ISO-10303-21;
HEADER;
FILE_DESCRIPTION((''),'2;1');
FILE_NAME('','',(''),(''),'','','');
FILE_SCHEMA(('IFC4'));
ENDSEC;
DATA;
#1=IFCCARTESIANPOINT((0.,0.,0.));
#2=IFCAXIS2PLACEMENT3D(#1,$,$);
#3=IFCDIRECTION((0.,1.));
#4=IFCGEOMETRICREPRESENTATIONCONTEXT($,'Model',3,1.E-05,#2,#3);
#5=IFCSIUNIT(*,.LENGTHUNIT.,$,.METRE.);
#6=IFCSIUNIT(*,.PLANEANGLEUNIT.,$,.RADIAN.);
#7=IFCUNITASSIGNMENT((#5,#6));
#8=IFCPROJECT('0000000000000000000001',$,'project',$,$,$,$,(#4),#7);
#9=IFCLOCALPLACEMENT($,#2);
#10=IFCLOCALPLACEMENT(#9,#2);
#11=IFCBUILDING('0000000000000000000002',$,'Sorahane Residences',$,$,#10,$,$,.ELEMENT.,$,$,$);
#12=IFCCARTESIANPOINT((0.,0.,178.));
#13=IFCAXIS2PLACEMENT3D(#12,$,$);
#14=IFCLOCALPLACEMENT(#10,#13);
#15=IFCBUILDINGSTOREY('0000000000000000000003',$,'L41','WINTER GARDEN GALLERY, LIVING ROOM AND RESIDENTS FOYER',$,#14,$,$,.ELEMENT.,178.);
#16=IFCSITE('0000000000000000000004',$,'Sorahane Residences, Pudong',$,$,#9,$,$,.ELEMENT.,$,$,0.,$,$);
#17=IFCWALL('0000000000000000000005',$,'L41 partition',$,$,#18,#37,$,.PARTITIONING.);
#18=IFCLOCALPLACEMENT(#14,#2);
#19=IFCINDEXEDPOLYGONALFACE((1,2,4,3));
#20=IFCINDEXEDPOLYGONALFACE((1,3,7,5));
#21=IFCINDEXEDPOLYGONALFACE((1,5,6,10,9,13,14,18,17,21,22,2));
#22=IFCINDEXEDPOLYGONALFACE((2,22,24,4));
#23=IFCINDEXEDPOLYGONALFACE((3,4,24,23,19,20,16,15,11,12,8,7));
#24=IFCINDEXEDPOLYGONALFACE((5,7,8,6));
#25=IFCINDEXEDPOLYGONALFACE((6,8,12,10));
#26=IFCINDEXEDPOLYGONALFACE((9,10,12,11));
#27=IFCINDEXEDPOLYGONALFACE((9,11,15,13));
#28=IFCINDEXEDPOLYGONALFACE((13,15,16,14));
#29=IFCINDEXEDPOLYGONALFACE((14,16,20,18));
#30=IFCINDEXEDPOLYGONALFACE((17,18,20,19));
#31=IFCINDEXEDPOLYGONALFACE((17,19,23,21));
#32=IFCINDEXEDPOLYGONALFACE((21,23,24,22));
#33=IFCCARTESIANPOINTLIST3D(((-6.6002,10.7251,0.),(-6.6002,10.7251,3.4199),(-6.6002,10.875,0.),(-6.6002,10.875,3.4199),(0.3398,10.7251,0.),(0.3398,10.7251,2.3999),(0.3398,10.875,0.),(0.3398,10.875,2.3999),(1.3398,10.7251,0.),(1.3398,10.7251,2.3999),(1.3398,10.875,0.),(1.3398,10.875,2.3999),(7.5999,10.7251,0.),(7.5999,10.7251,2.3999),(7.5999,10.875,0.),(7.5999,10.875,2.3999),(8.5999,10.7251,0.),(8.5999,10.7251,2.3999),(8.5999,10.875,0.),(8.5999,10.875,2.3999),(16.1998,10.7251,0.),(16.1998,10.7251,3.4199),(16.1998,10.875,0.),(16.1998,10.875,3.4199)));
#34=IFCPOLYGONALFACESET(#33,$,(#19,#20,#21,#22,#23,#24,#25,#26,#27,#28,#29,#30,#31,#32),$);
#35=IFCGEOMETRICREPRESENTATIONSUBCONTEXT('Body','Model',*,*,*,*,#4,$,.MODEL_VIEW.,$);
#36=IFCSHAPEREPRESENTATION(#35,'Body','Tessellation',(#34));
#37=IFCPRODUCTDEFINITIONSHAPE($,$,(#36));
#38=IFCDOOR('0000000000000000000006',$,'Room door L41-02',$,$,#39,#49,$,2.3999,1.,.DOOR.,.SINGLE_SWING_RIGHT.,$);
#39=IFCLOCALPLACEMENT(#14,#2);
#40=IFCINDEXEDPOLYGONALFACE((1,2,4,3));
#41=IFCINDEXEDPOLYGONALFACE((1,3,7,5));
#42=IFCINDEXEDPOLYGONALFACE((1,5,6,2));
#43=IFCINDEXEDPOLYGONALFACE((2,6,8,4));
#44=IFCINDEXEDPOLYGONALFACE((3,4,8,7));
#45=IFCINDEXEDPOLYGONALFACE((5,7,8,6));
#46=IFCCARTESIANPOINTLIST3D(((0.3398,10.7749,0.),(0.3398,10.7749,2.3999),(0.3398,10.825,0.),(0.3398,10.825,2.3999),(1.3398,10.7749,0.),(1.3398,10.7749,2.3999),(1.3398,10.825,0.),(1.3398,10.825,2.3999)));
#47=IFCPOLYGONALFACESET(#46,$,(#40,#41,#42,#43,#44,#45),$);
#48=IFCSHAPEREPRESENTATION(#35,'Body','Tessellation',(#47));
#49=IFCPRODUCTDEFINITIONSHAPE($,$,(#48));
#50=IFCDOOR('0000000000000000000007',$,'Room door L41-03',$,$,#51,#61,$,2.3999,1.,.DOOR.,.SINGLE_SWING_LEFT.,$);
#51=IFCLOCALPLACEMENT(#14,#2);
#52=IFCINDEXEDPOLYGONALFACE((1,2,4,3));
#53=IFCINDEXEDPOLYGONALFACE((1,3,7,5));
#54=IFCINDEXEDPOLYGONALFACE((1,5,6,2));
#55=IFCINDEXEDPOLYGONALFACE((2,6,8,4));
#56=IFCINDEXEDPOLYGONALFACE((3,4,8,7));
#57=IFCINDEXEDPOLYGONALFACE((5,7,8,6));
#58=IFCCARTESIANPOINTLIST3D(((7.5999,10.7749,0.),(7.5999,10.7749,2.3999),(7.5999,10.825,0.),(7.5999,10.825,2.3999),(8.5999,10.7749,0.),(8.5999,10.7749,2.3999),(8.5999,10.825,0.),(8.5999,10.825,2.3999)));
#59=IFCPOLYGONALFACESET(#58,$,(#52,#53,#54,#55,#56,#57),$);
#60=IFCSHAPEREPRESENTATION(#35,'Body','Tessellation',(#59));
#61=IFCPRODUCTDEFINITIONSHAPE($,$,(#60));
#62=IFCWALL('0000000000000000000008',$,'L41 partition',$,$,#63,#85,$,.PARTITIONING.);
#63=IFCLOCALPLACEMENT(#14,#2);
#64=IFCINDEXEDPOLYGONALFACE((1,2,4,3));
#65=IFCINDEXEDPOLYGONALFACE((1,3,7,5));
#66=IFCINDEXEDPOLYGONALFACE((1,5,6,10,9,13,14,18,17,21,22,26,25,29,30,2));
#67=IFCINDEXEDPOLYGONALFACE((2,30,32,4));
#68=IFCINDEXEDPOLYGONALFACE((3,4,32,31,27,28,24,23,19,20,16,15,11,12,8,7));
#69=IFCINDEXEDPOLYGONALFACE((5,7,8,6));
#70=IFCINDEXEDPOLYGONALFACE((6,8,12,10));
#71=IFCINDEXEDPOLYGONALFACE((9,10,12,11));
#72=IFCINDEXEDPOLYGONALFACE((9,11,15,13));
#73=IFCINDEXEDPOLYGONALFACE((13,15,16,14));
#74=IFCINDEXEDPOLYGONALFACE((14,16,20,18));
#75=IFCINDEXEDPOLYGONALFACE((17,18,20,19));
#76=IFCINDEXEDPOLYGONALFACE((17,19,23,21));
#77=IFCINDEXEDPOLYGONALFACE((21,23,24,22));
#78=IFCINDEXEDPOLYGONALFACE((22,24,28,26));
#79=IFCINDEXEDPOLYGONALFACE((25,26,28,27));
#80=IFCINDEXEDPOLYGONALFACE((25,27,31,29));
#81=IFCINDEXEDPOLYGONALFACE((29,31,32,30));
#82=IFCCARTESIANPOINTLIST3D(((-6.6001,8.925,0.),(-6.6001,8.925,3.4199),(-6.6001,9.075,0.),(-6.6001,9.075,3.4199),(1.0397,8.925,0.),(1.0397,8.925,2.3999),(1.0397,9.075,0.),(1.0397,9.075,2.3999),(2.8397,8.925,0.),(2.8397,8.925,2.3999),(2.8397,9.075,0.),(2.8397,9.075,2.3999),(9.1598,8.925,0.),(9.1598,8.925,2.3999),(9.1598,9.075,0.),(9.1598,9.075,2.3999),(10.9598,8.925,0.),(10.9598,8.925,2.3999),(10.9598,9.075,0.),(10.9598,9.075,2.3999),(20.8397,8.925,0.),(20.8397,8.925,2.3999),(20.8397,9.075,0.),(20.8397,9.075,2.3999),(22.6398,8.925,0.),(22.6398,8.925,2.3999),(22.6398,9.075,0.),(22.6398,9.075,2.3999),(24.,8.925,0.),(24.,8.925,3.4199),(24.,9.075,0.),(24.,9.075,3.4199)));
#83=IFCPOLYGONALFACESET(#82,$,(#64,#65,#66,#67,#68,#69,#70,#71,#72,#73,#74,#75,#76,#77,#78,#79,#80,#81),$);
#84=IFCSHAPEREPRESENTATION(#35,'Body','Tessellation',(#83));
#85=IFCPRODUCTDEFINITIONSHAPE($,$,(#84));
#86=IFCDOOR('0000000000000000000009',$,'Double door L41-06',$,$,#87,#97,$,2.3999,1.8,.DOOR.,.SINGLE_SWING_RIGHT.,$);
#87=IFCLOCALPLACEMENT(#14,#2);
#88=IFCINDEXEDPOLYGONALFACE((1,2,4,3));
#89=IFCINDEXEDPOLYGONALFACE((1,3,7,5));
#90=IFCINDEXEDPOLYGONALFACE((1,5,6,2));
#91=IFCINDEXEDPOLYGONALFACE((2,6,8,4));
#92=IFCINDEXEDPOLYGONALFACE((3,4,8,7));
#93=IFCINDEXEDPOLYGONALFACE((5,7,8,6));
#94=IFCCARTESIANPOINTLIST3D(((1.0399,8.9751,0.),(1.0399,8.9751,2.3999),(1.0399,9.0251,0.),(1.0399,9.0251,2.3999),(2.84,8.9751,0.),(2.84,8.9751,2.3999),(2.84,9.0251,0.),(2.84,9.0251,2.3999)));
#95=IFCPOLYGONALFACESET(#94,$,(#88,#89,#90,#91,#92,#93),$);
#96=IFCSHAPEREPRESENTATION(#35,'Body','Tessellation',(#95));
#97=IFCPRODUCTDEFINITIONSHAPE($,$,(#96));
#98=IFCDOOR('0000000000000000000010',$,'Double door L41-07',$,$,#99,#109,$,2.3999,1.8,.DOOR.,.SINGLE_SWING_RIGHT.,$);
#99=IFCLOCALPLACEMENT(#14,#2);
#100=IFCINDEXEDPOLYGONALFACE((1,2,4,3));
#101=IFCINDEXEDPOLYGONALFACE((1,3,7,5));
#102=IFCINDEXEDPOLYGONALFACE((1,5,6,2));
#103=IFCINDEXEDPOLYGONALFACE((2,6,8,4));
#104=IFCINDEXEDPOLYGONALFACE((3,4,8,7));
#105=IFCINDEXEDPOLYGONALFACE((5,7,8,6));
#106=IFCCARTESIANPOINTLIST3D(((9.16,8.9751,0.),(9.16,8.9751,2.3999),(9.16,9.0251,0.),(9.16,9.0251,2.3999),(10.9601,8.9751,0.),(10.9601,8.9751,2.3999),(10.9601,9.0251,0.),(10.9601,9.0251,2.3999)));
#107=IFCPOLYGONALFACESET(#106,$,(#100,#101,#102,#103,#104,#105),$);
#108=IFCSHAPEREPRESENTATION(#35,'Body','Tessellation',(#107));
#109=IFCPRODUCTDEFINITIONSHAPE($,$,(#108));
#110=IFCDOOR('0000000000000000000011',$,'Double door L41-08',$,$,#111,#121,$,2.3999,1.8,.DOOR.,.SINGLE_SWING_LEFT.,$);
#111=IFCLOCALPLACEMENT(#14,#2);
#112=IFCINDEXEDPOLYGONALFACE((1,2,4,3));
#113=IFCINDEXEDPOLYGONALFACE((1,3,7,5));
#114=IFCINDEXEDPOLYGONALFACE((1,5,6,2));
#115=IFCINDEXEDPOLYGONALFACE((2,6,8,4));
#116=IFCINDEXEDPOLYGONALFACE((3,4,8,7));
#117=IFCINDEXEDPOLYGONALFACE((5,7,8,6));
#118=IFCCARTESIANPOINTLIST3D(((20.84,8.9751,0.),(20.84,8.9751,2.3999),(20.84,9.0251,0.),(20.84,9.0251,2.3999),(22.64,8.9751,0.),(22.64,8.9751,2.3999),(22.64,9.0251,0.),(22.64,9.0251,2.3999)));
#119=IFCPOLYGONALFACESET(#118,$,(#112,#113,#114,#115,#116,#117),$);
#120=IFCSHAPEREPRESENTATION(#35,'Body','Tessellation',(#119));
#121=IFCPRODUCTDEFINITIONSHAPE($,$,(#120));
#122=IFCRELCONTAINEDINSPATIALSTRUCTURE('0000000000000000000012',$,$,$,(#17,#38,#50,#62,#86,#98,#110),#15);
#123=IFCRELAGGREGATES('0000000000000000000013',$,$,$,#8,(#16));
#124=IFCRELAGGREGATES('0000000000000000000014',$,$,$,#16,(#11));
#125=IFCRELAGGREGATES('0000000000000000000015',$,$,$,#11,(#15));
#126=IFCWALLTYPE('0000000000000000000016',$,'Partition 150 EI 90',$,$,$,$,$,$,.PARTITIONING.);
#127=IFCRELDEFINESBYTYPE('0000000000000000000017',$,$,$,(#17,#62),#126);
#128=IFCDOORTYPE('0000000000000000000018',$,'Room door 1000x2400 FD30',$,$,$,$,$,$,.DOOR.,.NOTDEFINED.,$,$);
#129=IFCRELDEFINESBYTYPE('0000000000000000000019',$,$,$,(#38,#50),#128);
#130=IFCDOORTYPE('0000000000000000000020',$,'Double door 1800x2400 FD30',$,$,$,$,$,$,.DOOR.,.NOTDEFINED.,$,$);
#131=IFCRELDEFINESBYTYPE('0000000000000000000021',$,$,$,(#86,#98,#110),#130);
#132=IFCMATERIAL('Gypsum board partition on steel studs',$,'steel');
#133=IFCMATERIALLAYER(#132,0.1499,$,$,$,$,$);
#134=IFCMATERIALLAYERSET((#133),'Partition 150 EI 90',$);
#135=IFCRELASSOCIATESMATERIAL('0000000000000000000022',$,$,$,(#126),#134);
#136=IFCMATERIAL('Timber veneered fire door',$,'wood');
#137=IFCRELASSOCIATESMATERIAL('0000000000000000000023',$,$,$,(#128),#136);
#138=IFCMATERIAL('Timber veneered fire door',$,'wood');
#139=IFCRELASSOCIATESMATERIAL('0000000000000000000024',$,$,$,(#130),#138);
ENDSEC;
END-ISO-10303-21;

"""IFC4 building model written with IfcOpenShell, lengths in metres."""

from ifc_helpers import new_model, si_unit, direction, frame, frame_2d, origin, place, context, subcontext, project, spatial, rectangle, extrude, material, layer, layer_set, type_object, element, fill, save


model = new_model("IFC4")

# Units and contexts
model_context = context("Model", 3, precision=1e-05, world=origin(), true_north=direction((0.0, 1.0)))
body_context = subcontext(model_context, "Body", "Model", "MODEL_VIEW")
ifc_project = project(units=[si_unit("LENGTHUNIT", "METRE"), si_unit("PLANEANGLEUNIT", "RADIAN")], contexts=[model_context])

# Site, building, storey
site_placement = place(None, origin())
site = spatial("IfcSite", under=ifc_project, at=site_placement, Name="Sorahane Residences, Pudong", CompositionType="ELEMENT", RefElevation=0.0)
building_placement = place(site_placement, origin())
building = spatial("IfcBuilding", under=site, at=building_placement, Name="Sorahane Residences", CompositionType="ELEMENT")
storey_placement = place(building_placement, frame((0.0, 0.0, 178.0)))
storey = spatial("IfcBuildingStorey", under=building, at=storey_placement, Name="L41", Description="WINTER GARDEN GALLERY, LIVING ROOM AND RESIDENTS FOYER", CompositionType="ELEMENT", Elevation=178.0)

# Shared definitions
ifc_material_1 = material(Name="Gypsum board partition on steel studs", Category="steel")
ifc_layer_1 = layer(ifc_material_1, 0.1499)
ifc_layer_set_1 = layer_set([ifc_layer_1], Name="Partition 150 EI 90")
wall_type = type_object("IfcWallType", Name="Partition 150 EI 90", PredefinedType="PARTITIONING", material=ifc_layer_set_1)

# Walls, openings, doors
wall_1_placement = place(storey_placement, frame((-6.6001, 10.8, 0.0), z_axis=(0.0, 0.0, 1.0), x_axis=(1.0, 0.0, 0.0)))
wall_1 = element("IfcWall", 1, at=wall_1_placement, inside=storey, type_object=wall_type, Name="L41 partition", PredefinedType="PARTITIONING", context=body_context, shape_type="SweptSolid", body=[
    extrude(rectangle(XDim=22.8, YDim=0.1499, at=frame_2d((11.3999, 0.0))), origin(), (0.0, 0.0, 1.0), 3.4199),
])
opening_1_placement = place(wall_1_placement, frame((6.9399, 0.0, 0.0)))
opening_1 = element("IfcOpeningElement", 2, at=opening_1_placement, cuts=wall_1, PredefinedType="OPENING", context=body_context, shape_type="SweptSolid", body=[
    extrude(rectangle(XDim=1.0, YDim=2.3999, at=frame_2d((0.5, 1.2))), frame((0.0, 0.085, 0.0), z_axis=(0.0, -1.0, 0.0), x_axis=(1.0, 0.0, 0.0)), (0.0, 0.0, 1.0), 0.1699),
])
opening_2_placement = place(wall_1_placement, frame((14.2, 0.0, 0.0)))
opening_2 = element("IfcOpeningElement", 3, at=opening_2_placement, cuts=wall_1, PredefinedType="OPENING", context=body_context, shape_type="SweptSolid", body=[
    extrude(rectangle(XDim=1.0, YDim=2.3999, at=frame_2d((0.5, 1.2))), frame((0.0, 0.085, 0.0), z_axis=(0.0, -1.0, 0.0), x_axis=(1.0, 0.0, 0.0)), (0.0, 0.0, 1.0), 0.1699),
])
ifc_material_2 = material(Name="Timber veneered fire door", Category="wood")
door_type_1 = type_object("IfcDoorType", Name="Room door 1000x2400 FD30", OperationType="NOTDEFINED", PredefinedType="DOOR", material=ifc_material_2)
door_1_placement = place(opening_1_placement, origin())
door_1 = element("IfcDoor", 4, at=door_1_placement, inside=storey, type_object=door_type_1, Name="Room door L41-02", OperationType="SINGLE_SWING_RIGHT", OverallHeight=2.3999, OverallWidth=1.0, PredefinedType="DOOR", context=body_context, shape_type="SweptSolid", body=[
    extrude(rectangle(XDim=1.0, YDim=2.3999, at=frame_2d((0.5, 1.2))), frame((0.0, 0.0249, 0.0), z_axis=(0.0, -1.0, 0.0), x_axis=(1.0, 0.0, 0.0)), (0.0, 0.0, 1.0), 0.05),
])
fill(opening_1, door_1)
door_2_placement = place(opening_2_placement, origin())
door_2 = element("IfcDoor", 5, at=door_2_placement, inside=storey, type_object=door_type_1, Name="Room door L41-03", OperationType="SINGLE_SWING_LEFT", OverallHeight=2.3999, OverallWidth=1.0, PredefinedType="DOOR", context=body_context, shape_type="SweptSolid", body=[
    extrude(rectangle(XDim=1.0, YDim=2.3999, at=frame_2d((0.5, 1.2))), frame((0.0, 0.0249, 0.0), z_axis=(0.0, -1.0, 0.0), x_axis=(1.0, 0.0, 0.0)), (0.0, 0.0, 1.0), 0.05),
])
fill(opening_2, door_2)
wall_2_placement = place(storey_placement, frame((-6.6001, 9.0, 0.0), z_axis=(0.0, 0.0, 1.0), x_axis=(1.0, 0.0, 0.0)))
wall_2 = element("IfcWall", 6, at=wall_2_placement, inside=storey, type_object=wall_type, Name="L41 partition", PredefinedType="PARTITIONING", context=body_context, shape_type="SweptSolid", body=[
    extrude(rectangle(XDim=30.6001, YDim=0.1499, at=frame_2d((15.3, 0.0))), origin(), (0.0, 0.0, 1.0), 3.4199),
])
opening_3_placement = place(wall_2_placement, frame((7.6399, 0.0, 0.0)))
opening_3 = element("IfcOpeningElement", 7, at=opening_3_placement, cuts=wall_2, PredefinedType="OPENING", context=body_context, shape_type="SweptSolid", body=[
    extrude(rectangle(XDim=1.8, YDim=2.3999, at=frame_2d((0.8999, 1.2))), frame((0.0, 0.085, 0.0), z_axis=(0.0, -1.0, 0.0), x_axis=(1.0, 0.0, 0.0)), (0.0, 0.0, 1.0), 0.1699),
])
opening_4_placement = place(wall_2_placement, frame((15.76, 0.0, 0.0)))
opening_4 = element("IfcOpeningElement", 8, at=opening_4_placement, cuts=wall_2, PredefinedType="OPENING", context=body_context, shape_type="SweptSolid", body=[
    extrude(rectangle(XDim=1.8, YDim=2.3999, at=frame_2d((0.8999, 1.2))), frame((0.0, 0.085, 0.0), z_axis=(0.0, -1.0, 0.0), x_axis=(1.0, 0.0, 0.0)), (0.0, 0.0, 1.0), 0.1699),
])
opening_5_placement = place(wall_2_placement, frame((27.4399, 0.0, 0.0)))
opening_5 = element("IfcOpeningElement", 9, at=opening_5_placement, cuts=wall_2, PredefinedType="OPENING", context=body_context, shape_type="SweptSolid", body=[
    extrude(rectangle(XDim=1.8, YDim=2.3999, at=frame_2d((0.8999, 1.2))), frame((0.0, 0.085, 0.0), z_axis=(0.0, -1.0, 0.0), x_axis=(1.0, 0.0, 0.0)), (0.0, 0.0, 1.0), 0.1699),
])
ifc_material_3 = material(Name="Timber veneered fire door", Category="wood")
door_type_2 = type_object("IfcDoorType", Name="Double door 1800x2400 FD30", OperationType="NOTDEFINED", PredefinedType="DOOR", material=ifc_material_3)
door_3_placement = place(opening_3_placement, frame((1.8, 0.0, 0.0), z_axis=(0.0, 0.0, 1.0), x_axis=(-1.0, 0.0, 0.0)))
door_3 = element("IfcDoor", 10, at=door_3_placement, inside=storey, type_object=door_type_2, Name="Double door L41-06", OperationType="SINGLE_SWING_RIGHT", OverallHeight=2.3999, OverallWidth=1.8, PredefinedType="DOOR", context=body_context, shape_type="SweptSolid", body=[
    extrude(rectangle(XDim=1.8, YDim=2.3999, at=frame_2d((0.8999, 1.2))), frame((0.0, 0.0249, 0.0), z_axis=(0.0, -1.0, 0.0), x_axis=(1.0, 0.0, 0.0)), (0.0, 0.0, 1.0), 0.05),
])
fill(opening_3, door_3)
door_4_placement = place(opening_4_placement, frame((1.8, 0.0, 0.0), z_axis=(0.0, 0.0, 1.0), x_axis=(-1.0, 0.0, 0.0)))
door_4 = element("IfcDoor", 11, at=door_4_placement, inside=storey, type_object=door_type_2, Name="Double door L41-07", OperationType="SINGLE_SWING_RIGHT", OverallHeight=2.3999, OverallWidth=1.8, PredefinedType="DOOR", context=body_context, shape_type="SweptSolid", body=[
    extrude(rectangle(XDim=1.8, YDim=2.3999, at=frame_2d((0.8999, 1.2))), frame((0.0, 0.0249, 0.0), z_axis=(0.0, -1.0, 0.0), x_axis=(1.0, 0.0, 0.0)), (0.0, 0.0, 1.0), 0.05),
])
fill(opening_4, door_4)
door_5_placement = place(opening_5_placement, frame((1.8, 0.0, 0.0), z_axis=(0.0, 0.0, 1.0), x_axis=(-1.0, 0.0, 0.0)))
door_5 = element("IfcDoor", 12, at=door_5_placement, inside=storey, type_object=door_type_2, Name="Double door L41-08", OperationType="SINGLE_SWING_LEFT", OverallHeight=2.3999, OverallWidth=1.8, PredefinedType="DOOR", context=body_context, shape_type="SweptSolid", body=[
    extrude(rectangle(XDim=1.8, YDim=2.3999, at=frame_2d((0.8999, 1.2))), frame((0.0, 0.0249, 0.0), z_axis=(0.0, -1.0, 0.0), x_axis=(1.0, 0.0, 0.0)), (0.0, 0.0, 1.0), 0.05),
])
fill(opening_5, door_5)

save(model, "model.ifc")
